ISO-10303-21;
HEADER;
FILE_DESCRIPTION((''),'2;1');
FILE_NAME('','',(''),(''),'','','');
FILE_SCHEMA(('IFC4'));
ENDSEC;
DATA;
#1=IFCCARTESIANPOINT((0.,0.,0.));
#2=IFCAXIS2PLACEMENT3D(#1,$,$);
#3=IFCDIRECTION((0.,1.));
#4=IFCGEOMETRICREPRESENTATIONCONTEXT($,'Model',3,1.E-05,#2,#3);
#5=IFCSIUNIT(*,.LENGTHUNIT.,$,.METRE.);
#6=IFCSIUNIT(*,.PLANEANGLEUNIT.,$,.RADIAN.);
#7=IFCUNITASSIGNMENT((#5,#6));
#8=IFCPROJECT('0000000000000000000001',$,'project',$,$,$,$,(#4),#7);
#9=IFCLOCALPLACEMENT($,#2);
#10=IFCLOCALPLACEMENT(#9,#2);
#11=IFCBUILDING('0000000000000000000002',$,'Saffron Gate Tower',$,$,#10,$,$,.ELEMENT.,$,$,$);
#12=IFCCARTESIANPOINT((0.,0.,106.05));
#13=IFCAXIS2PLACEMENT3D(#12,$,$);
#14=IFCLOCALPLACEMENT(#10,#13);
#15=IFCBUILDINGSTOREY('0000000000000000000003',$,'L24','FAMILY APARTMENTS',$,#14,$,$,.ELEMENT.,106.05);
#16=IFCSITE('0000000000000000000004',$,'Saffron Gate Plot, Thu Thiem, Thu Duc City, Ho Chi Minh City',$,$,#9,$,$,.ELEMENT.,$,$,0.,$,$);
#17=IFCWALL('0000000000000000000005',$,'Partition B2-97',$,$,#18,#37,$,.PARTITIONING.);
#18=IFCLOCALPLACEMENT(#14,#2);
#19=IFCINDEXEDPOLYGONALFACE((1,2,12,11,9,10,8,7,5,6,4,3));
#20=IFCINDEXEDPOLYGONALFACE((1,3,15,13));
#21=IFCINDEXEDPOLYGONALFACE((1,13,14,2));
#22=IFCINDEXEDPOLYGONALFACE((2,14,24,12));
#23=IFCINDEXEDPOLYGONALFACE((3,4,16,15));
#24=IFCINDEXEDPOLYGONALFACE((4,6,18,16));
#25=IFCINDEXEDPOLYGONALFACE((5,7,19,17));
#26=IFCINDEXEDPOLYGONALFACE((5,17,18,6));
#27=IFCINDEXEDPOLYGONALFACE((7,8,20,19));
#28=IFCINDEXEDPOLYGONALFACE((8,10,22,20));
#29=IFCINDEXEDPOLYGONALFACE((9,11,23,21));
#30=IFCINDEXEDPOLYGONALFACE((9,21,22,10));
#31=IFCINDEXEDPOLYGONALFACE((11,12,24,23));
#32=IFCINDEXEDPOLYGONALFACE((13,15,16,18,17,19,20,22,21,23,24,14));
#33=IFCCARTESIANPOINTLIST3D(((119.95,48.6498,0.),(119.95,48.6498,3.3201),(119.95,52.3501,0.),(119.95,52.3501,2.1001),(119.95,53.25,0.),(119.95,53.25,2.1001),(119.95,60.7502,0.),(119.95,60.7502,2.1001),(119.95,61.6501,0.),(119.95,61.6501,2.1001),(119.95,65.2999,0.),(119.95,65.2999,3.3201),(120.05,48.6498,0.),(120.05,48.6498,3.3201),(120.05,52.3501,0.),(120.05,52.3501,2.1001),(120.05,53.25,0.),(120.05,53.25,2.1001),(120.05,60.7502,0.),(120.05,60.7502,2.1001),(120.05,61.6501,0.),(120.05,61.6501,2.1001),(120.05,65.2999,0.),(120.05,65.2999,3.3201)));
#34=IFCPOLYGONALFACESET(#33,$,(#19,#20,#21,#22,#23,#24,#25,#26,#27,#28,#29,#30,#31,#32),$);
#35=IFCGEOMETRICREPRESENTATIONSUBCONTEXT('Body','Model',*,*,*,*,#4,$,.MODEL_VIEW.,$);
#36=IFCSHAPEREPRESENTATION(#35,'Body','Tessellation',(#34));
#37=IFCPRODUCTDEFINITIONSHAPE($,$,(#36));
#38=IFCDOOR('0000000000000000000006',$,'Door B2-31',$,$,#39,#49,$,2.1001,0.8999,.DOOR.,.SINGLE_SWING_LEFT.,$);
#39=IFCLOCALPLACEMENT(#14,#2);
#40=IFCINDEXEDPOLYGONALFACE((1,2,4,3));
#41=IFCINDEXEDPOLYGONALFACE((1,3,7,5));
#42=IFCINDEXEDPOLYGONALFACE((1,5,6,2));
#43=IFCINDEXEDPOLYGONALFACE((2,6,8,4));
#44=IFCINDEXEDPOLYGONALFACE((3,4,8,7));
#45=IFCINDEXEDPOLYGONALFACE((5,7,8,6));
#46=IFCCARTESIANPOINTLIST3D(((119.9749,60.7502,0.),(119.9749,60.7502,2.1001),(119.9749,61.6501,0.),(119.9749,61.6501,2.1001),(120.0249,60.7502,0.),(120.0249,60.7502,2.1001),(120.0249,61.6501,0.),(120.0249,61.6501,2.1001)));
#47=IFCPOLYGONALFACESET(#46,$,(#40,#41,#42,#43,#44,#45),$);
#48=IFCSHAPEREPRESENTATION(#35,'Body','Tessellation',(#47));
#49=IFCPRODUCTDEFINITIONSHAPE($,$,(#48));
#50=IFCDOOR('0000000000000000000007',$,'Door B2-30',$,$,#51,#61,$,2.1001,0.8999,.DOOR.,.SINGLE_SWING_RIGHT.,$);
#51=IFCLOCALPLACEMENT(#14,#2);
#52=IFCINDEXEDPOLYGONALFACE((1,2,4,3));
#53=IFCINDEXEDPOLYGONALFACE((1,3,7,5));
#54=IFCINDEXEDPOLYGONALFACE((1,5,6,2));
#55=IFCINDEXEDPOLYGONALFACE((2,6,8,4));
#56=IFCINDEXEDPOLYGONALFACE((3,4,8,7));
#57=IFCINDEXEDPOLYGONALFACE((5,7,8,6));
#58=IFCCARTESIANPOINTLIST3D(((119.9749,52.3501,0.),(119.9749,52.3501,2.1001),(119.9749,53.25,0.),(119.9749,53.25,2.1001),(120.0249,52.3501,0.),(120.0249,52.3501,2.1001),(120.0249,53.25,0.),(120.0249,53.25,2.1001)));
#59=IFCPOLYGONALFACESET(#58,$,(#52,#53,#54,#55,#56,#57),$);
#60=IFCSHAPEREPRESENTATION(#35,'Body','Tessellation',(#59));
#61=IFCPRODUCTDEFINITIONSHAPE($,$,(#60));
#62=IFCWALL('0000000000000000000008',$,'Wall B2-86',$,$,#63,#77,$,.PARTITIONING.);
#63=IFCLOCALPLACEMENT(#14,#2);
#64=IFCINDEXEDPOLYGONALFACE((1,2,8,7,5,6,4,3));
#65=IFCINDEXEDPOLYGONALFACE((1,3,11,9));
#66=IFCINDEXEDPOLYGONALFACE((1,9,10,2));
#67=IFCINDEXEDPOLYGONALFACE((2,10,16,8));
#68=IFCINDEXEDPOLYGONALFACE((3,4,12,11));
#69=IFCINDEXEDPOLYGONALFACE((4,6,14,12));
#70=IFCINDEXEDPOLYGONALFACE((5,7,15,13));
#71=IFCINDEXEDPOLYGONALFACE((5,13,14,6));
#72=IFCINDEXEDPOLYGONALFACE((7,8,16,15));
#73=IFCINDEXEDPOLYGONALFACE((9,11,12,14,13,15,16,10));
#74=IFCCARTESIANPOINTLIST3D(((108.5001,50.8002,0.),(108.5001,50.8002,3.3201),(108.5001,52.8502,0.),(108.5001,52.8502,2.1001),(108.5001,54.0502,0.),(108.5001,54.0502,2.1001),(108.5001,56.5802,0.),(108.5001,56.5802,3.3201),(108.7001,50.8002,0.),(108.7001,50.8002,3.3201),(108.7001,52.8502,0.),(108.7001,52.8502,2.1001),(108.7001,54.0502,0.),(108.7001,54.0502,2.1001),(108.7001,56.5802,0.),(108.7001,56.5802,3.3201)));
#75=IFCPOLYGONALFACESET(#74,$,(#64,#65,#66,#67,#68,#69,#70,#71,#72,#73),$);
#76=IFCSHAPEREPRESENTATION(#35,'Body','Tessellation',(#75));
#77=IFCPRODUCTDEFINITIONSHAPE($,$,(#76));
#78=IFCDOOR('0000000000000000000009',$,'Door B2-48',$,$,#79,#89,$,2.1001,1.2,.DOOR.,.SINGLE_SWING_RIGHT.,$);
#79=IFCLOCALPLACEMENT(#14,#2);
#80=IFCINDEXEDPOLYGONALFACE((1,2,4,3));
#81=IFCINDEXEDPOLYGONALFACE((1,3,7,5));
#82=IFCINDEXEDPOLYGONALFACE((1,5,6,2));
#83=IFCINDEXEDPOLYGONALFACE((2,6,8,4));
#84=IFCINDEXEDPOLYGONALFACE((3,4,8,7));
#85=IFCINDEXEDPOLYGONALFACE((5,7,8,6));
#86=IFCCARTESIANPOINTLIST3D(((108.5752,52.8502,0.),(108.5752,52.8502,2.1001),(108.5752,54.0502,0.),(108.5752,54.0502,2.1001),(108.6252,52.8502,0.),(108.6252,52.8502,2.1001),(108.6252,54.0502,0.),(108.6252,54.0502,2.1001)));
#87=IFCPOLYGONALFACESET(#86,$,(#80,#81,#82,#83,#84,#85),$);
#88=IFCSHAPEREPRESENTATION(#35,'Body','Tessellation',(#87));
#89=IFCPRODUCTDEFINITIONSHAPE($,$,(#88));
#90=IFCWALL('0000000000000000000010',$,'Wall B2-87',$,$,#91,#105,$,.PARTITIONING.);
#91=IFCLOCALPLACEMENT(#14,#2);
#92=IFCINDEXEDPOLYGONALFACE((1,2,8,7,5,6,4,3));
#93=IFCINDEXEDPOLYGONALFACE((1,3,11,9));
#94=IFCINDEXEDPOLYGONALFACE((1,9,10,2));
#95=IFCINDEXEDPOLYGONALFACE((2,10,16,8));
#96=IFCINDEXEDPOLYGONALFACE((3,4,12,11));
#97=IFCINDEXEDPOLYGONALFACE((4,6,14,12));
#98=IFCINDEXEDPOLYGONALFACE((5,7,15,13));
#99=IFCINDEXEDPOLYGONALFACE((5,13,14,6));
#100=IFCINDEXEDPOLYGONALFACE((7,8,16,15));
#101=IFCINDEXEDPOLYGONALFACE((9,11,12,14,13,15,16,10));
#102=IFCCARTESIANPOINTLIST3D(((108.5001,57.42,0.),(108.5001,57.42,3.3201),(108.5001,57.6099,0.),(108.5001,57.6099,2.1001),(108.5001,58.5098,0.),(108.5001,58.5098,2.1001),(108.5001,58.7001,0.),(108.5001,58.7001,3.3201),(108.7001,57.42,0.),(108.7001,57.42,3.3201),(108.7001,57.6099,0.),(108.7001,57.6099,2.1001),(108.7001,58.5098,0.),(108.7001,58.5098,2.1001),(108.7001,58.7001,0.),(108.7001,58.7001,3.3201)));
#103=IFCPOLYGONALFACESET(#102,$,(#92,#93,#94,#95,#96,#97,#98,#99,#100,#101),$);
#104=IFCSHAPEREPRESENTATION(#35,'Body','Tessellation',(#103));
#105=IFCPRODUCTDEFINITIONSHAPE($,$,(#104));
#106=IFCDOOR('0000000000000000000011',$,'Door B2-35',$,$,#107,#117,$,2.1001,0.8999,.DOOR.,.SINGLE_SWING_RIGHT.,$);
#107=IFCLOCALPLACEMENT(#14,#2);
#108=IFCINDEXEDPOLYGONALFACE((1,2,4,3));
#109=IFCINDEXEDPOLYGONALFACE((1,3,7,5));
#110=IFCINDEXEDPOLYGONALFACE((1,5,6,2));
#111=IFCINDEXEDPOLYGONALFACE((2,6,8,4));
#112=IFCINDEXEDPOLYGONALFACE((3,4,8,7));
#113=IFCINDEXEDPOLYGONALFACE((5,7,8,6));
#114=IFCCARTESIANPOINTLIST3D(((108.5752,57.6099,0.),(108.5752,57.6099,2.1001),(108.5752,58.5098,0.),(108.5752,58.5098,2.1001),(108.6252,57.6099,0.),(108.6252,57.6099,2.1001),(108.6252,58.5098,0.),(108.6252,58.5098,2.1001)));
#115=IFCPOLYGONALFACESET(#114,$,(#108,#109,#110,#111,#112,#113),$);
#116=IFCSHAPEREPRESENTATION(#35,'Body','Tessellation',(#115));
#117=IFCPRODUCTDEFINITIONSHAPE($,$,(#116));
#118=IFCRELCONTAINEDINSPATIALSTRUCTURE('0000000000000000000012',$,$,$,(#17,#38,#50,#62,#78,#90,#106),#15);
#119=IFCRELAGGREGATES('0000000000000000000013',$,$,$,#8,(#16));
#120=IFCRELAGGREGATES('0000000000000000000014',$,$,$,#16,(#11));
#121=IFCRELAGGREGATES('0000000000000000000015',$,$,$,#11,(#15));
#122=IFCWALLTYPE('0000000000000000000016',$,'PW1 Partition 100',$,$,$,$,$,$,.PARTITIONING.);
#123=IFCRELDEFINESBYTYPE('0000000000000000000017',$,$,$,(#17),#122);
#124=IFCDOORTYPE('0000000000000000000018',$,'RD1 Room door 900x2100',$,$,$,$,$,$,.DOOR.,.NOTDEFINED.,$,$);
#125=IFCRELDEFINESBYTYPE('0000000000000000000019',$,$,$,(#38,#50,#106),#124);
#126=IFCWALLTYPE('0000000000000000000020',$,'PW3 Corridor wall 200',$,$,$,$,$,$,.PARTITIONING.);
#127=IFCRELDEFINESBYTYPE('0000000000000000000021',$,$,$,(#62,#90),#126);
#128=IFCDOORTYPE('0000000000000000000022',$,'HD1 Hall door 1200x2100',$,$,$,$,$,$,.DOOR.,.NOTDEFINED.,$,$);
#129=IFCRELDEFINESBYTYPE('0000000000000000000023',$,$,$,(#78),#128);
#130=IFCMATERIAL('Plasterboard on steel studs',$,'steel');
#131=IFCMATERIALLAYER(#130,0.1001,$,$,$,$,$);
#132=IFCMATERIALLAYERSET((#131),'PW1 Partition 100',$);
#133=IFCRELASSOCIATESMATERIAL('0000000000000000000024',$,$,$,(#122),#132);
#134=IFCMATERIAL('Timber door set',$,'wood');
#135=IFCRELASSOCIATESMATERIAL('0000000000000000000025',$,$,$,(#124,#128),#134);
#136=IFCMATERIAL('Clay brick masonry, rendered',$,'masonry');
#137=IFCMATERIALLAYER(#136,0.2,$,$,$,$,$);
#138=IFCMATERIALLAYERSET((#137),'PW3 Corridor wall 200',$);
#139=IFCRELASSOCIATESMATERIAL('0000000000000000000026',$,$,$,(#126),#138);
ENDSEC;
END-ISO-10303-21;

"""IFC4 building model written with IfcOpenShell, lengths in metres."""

from ifc_helpers import new_model, si_unit, direction, frame, frame_2d, origin, place, context, subcontext, project, spatial, rectangle, extrude, material, layer, layer_set, type_object, element, fill, save


model = new_model("IFC4")

# Units and contexts
model_context = context("Model", 3, precision=1e-05, world=origin(), true_north=direction((0.0, 1.0)))
body_context = subcontext(model_context, "Body", "Model", "MODEL_VIEW")
ifc_project = project(units=[si_unit("LENGTHUNIT", "METRE"), si_unit("PLANEANGLEUNIT", "RADIAN")], contexts=[model_context])

# Site, building, storey
site_placement = place(None, origin())
site = spatial("IfcSite", under=ifc_project, at=site_placement, Name="Saffron Gate Plot, Thu Thiem, Thu Duc City, Ho Chi Minh City", CompositionType="ELEMENT", RefElevation=0.0)
building_placement = place(site_placement, origin())
building = spatial("IfcBuilding", under=site, at=building_placement, Name="Saffron Gate Tower", CompositionType="ELEMENT")
storey_placement = place(building_placement, frame((0.0, 0.0, 106.05)))
storey = spatial("IfcBuildingStorey", under=building, at=storey_placement, Name="L24", Description="FAMILY APARTMENTS", CompositionType="ELEMENT", Elevation=106.05)

# Shared definitions
ifc_material_1 = material(Name="Plasterboard on steel studs", Category="steel")
ifc_layer_1 = layer(ifc_material_1, 0.1001)
ifc_layer_set_1 = layer_set([ifc_layer_1], Name="PW1 Partition 100")
wall_type_1 = type_object("IfcWallType", Name="PW1 Partition 100", PredefinedType="PARTITIONING", material=ifc_layer_set_1)

# Shared definitions
ifc_material_2 = material(Name="Timber door set", Category="wood")
door_type_1 = type_object("IfcDoorType", Name="RD1 Room door 900x2100", OperationType="NOTDEFINED", PredefinedType="DOOR", material=ifc_material_2)

# Wall, openings, doors
wall_1_placement = place(storey_placement, frame((120.0, 65.3, 0.0), z_axis=(0.0, 0.0, 1.0), x_axis=(0.0, -1.0, 0.0)))
wall_1 = element("IfcWall", 1, at=wall_1_placement, inside=storey, type_object=wall_type_1, Name="Partition B2-97", PredefinedType="PARTITIONING", context=body_context, shape_type="SweptSolid", body=[
    extrude(rectangle(XDim=16.6501, YDim=0.1001, at=frame_2d((8.3252, 0.0))), origin(), (0.0, 0.0, 1.0), 3.3201),
])
opening_1_placement = place(wall_1_placement, frame((3.6499, 0.0, 0.0)))
opening_1 = element("IfcOpeningElement", 2, at=opening_1_placement, cuts=wall_1, PredefinedType="OPENING", context=body_context, shape_type="SweptSolid", body=[
    extrude(rectangle(XDim=0.8999, YDim=2.1001, at=frame_2d((0.45, 1.05))), frame((0.0, 0.0601, 0.0), z_axis=(0.0, -1.0, 0.0), x_axis=(1.0, 0.0, 0.0)), (0.0, 0.0, 1.0), 0.1201),
])
opening_2_placement = place(wall_1_placement, frame((12.05, 0.0, 0.0)))
opening_2 = element("IfcOpeningElement", 3, at=opening_2_placement, cuts=wall_1, PredefinedType="OPENING", context=body_context, shape_type="SweptSolid", body=[
    extrude(rectangle(XDim=0.8999, YDim=2.1001, at=frame_2d((0.45, 1.05))), frame((0.0, 0.0601, 0.0), z_axis=(0.0, -1.0, 0.0), x_axis=(1.0, 0.0, 0.0)), (0.0, 0.0, 1.0), 0.1201),
])
door_1_placement = place(opening_1_placement, origin())
door_1 = element("IfcDoor", 4, at=door_1_placement, inside=storey, type_object=door_type_1, Name="Door B2-31", OperationType="SINGLE_SWING_LEFT", OverallHeight=2.1001, OverallWidth=0.8999, PredefinedType="DOOR", context=body_context, shape_type="SweptSolid", body=[
    extrude(rectangle(XDim=0.8999, YDim=2.1001, at=frame_2d((0.45, 1.05))), frame((0.0, 0.0249, 0.0), z_axis=(0.0, -1.0, 0.0), x_axis=(1.0, 0.0, 0.0)), (0.0, 0.0, 1.0), 0.05),
])
fill(opening_1, door_1)
door_2_placement = place(opening_2_placement, origin())
door_2 = element("IfcDoor", 5, at=door_2_placement, inside=storey, type_object=door_type_1, Name="Door B2-30", OperationType="SINGLE_SWING_RIGHT", OverallHeight=2.1001, OverallWidth=0.8999, PredefinedType="DOOR", context=body_context, shape_type="SweptSolid", body=[
    extrude(rectangle(XDim=0.8999, YDim=2.1001, at=frame_2d((0.45, 1.05))), frame((0.0, 0.0249, 0.0), z_axis=(0.0, -1.0, 0.0), x_axis=(1.0, 0.0, 0.0)), (0.0, 0.0, 1.0), 0.05),
])
fill(opening_2, door_2)

# Walls, openings, doors
ifc_material_3 = material(Name="Clay brick masonry, rendered", Category="masonry")
ifc_layer_2 = layer(ifc_material_3, 0.2)
ifc_layer_set_2 = layer_set([ifc_layer_2], Name="PW3 Corridor wall 200")
wall_type_2 = type_object("IfcWallType", Name="PW3 Corridor wall 200", PredefinedType="PARTITIONING", material=ifc_layer_set_2)
wall_2_placement = place(storey_placement, frame((108.6001, 50.8, 0.0), z_axis=(0.0, 0.0, 1.0), x_axis=(0.0, 1.0, 0.0)))
wall_2 = element("IfcWall", 6, at=wall_2_placement, inside=storey, type_object=wall_type_2, Name="Wall B2-86", PredefinedType="PARTITIONING", context=body_context, shape_type="SweptSolid", body=[
    extrude(rectangle(XDim=5.78, YDim=0.2, at=frame_2d((2.8901, 0.0))), origin(), (0.0, 0.0, 1.0), 3.3201),
])
opening_3_placement = place(wall_2_placement, frame((2.05, 0.0, 0.0)))
opening_3 = element("IfcOpeningElement", 7, at=opening_3_placement, cuts=wall_2, PredefinedType="OPENING", context=body_context, shape_type="SweptSolid", body=[
    extrude(rectangle(XDim=1.2, YDim=2.1001, at=frame_2d((0.6001, 1.05))), frame((0.0, 0.1099, 0.0), z_axis=(0.0, -1.0, 0.0), x_axis=(1.0, 0.0, 0.0)), (0.0, 0.0, 1.0), 0.22),
])
door_type_2 = type_object("IfcDoorType", Name="HD1 Hall door 1200x2100", OperationType="NOTDEFINED", PredefinedType="DOOR", material=ifc_material_2)
door_3_placement = place(opening_3_placement, origin())
door_3 = element("IfcDoor", 8, at=door_3_placement, inside=storey, type_object=door_type_2, Name="Door B2-48", OperationType="SINGLE_SWING_RIGHT", OverallHeight=2.1001, OverallWidth=1.2, PredefinedType="DOOR", context=body_context, shape_type="SweptSolid", body=[
    extrude(rectangle(XDim=1.2, YDim=2.1001, at=frame_2d((0.6001, 1.05))), frame((0.0, 0.0249, 0.0), z_axis=(0.0, -1.0, 0.0), x_axis=(1.0, 0.0, 0.0)), (0.0, 0.0, 1.0), 0.05),
])
fill(opening_3, door_3)
wall_3_placement = place(storey_placement, frame((108.6001, 57.4199, 0.0), z_axis=(0.0, 0.0, 1.0), x_axis=(0.0, 1.0, 0.0)))
wall_3 = element("IfcWall", 9, at=wall_3_placement, inside=storey, type_object=wall_type_2, Name="Wall B2-87", PredefinedType="PARTITIONING", context=body_context, shape_type="SweptSolid", body=[
    extrude(rectangle(XDim=1.28, YDim=0.2, at=frame_2d((0.6401, 0.0))), origin(), (0.0, 0.0, 1.0), 3.3201),
])
opening_4_placement = place(wall_3_placement, frame((0.1899, 0.0, 0.0)))
opening_4 = element("IfcOpeningElement", 10, at=opening_4_placement, cuts=wall_3, PredefinedType="OPENING", context=body_context, shape_type="SweptSolid", body=[
    extrude(rectangle(XDim=0.8999, YDim=2.1001, at=frame_2d((0.45, 1.05))), frame((0.0, 0.1099, 0.0), z_axis=(0.0, -1.0, 0.0), x_axis=(1.0, 0.0, 0.0)), (0.0, 0.0, 1.0), 0.22),
])
door_4_placement = place(opening_4_placement, origin())
door_4 = element("IfcDoor", 11, at=door_4_placement, inside=storey, type_object=door_type_1, Name="Door B2-35", OperationType="SINGLE_SWING_RIGHT", OverallHeight=2.1001, OverallWidth=0.8999, PredefinedType="DOOR", context=body_context, shape_type="SweptSolid", body=[
    extrude(rectangle(XDim=0.8999, YDim=2.1001, at=frame_2d((0.45, 1.05))), frame((0.0, 0.0249, 0.0), z_axis=(0.0, -1.0, 0.0), x_axis=(1.0, 0.0, 0.0)), (0.0, 0.0, 1.0), 0.05),
])
fill(opening_4, door_4)

save(model, "model.ifc")
